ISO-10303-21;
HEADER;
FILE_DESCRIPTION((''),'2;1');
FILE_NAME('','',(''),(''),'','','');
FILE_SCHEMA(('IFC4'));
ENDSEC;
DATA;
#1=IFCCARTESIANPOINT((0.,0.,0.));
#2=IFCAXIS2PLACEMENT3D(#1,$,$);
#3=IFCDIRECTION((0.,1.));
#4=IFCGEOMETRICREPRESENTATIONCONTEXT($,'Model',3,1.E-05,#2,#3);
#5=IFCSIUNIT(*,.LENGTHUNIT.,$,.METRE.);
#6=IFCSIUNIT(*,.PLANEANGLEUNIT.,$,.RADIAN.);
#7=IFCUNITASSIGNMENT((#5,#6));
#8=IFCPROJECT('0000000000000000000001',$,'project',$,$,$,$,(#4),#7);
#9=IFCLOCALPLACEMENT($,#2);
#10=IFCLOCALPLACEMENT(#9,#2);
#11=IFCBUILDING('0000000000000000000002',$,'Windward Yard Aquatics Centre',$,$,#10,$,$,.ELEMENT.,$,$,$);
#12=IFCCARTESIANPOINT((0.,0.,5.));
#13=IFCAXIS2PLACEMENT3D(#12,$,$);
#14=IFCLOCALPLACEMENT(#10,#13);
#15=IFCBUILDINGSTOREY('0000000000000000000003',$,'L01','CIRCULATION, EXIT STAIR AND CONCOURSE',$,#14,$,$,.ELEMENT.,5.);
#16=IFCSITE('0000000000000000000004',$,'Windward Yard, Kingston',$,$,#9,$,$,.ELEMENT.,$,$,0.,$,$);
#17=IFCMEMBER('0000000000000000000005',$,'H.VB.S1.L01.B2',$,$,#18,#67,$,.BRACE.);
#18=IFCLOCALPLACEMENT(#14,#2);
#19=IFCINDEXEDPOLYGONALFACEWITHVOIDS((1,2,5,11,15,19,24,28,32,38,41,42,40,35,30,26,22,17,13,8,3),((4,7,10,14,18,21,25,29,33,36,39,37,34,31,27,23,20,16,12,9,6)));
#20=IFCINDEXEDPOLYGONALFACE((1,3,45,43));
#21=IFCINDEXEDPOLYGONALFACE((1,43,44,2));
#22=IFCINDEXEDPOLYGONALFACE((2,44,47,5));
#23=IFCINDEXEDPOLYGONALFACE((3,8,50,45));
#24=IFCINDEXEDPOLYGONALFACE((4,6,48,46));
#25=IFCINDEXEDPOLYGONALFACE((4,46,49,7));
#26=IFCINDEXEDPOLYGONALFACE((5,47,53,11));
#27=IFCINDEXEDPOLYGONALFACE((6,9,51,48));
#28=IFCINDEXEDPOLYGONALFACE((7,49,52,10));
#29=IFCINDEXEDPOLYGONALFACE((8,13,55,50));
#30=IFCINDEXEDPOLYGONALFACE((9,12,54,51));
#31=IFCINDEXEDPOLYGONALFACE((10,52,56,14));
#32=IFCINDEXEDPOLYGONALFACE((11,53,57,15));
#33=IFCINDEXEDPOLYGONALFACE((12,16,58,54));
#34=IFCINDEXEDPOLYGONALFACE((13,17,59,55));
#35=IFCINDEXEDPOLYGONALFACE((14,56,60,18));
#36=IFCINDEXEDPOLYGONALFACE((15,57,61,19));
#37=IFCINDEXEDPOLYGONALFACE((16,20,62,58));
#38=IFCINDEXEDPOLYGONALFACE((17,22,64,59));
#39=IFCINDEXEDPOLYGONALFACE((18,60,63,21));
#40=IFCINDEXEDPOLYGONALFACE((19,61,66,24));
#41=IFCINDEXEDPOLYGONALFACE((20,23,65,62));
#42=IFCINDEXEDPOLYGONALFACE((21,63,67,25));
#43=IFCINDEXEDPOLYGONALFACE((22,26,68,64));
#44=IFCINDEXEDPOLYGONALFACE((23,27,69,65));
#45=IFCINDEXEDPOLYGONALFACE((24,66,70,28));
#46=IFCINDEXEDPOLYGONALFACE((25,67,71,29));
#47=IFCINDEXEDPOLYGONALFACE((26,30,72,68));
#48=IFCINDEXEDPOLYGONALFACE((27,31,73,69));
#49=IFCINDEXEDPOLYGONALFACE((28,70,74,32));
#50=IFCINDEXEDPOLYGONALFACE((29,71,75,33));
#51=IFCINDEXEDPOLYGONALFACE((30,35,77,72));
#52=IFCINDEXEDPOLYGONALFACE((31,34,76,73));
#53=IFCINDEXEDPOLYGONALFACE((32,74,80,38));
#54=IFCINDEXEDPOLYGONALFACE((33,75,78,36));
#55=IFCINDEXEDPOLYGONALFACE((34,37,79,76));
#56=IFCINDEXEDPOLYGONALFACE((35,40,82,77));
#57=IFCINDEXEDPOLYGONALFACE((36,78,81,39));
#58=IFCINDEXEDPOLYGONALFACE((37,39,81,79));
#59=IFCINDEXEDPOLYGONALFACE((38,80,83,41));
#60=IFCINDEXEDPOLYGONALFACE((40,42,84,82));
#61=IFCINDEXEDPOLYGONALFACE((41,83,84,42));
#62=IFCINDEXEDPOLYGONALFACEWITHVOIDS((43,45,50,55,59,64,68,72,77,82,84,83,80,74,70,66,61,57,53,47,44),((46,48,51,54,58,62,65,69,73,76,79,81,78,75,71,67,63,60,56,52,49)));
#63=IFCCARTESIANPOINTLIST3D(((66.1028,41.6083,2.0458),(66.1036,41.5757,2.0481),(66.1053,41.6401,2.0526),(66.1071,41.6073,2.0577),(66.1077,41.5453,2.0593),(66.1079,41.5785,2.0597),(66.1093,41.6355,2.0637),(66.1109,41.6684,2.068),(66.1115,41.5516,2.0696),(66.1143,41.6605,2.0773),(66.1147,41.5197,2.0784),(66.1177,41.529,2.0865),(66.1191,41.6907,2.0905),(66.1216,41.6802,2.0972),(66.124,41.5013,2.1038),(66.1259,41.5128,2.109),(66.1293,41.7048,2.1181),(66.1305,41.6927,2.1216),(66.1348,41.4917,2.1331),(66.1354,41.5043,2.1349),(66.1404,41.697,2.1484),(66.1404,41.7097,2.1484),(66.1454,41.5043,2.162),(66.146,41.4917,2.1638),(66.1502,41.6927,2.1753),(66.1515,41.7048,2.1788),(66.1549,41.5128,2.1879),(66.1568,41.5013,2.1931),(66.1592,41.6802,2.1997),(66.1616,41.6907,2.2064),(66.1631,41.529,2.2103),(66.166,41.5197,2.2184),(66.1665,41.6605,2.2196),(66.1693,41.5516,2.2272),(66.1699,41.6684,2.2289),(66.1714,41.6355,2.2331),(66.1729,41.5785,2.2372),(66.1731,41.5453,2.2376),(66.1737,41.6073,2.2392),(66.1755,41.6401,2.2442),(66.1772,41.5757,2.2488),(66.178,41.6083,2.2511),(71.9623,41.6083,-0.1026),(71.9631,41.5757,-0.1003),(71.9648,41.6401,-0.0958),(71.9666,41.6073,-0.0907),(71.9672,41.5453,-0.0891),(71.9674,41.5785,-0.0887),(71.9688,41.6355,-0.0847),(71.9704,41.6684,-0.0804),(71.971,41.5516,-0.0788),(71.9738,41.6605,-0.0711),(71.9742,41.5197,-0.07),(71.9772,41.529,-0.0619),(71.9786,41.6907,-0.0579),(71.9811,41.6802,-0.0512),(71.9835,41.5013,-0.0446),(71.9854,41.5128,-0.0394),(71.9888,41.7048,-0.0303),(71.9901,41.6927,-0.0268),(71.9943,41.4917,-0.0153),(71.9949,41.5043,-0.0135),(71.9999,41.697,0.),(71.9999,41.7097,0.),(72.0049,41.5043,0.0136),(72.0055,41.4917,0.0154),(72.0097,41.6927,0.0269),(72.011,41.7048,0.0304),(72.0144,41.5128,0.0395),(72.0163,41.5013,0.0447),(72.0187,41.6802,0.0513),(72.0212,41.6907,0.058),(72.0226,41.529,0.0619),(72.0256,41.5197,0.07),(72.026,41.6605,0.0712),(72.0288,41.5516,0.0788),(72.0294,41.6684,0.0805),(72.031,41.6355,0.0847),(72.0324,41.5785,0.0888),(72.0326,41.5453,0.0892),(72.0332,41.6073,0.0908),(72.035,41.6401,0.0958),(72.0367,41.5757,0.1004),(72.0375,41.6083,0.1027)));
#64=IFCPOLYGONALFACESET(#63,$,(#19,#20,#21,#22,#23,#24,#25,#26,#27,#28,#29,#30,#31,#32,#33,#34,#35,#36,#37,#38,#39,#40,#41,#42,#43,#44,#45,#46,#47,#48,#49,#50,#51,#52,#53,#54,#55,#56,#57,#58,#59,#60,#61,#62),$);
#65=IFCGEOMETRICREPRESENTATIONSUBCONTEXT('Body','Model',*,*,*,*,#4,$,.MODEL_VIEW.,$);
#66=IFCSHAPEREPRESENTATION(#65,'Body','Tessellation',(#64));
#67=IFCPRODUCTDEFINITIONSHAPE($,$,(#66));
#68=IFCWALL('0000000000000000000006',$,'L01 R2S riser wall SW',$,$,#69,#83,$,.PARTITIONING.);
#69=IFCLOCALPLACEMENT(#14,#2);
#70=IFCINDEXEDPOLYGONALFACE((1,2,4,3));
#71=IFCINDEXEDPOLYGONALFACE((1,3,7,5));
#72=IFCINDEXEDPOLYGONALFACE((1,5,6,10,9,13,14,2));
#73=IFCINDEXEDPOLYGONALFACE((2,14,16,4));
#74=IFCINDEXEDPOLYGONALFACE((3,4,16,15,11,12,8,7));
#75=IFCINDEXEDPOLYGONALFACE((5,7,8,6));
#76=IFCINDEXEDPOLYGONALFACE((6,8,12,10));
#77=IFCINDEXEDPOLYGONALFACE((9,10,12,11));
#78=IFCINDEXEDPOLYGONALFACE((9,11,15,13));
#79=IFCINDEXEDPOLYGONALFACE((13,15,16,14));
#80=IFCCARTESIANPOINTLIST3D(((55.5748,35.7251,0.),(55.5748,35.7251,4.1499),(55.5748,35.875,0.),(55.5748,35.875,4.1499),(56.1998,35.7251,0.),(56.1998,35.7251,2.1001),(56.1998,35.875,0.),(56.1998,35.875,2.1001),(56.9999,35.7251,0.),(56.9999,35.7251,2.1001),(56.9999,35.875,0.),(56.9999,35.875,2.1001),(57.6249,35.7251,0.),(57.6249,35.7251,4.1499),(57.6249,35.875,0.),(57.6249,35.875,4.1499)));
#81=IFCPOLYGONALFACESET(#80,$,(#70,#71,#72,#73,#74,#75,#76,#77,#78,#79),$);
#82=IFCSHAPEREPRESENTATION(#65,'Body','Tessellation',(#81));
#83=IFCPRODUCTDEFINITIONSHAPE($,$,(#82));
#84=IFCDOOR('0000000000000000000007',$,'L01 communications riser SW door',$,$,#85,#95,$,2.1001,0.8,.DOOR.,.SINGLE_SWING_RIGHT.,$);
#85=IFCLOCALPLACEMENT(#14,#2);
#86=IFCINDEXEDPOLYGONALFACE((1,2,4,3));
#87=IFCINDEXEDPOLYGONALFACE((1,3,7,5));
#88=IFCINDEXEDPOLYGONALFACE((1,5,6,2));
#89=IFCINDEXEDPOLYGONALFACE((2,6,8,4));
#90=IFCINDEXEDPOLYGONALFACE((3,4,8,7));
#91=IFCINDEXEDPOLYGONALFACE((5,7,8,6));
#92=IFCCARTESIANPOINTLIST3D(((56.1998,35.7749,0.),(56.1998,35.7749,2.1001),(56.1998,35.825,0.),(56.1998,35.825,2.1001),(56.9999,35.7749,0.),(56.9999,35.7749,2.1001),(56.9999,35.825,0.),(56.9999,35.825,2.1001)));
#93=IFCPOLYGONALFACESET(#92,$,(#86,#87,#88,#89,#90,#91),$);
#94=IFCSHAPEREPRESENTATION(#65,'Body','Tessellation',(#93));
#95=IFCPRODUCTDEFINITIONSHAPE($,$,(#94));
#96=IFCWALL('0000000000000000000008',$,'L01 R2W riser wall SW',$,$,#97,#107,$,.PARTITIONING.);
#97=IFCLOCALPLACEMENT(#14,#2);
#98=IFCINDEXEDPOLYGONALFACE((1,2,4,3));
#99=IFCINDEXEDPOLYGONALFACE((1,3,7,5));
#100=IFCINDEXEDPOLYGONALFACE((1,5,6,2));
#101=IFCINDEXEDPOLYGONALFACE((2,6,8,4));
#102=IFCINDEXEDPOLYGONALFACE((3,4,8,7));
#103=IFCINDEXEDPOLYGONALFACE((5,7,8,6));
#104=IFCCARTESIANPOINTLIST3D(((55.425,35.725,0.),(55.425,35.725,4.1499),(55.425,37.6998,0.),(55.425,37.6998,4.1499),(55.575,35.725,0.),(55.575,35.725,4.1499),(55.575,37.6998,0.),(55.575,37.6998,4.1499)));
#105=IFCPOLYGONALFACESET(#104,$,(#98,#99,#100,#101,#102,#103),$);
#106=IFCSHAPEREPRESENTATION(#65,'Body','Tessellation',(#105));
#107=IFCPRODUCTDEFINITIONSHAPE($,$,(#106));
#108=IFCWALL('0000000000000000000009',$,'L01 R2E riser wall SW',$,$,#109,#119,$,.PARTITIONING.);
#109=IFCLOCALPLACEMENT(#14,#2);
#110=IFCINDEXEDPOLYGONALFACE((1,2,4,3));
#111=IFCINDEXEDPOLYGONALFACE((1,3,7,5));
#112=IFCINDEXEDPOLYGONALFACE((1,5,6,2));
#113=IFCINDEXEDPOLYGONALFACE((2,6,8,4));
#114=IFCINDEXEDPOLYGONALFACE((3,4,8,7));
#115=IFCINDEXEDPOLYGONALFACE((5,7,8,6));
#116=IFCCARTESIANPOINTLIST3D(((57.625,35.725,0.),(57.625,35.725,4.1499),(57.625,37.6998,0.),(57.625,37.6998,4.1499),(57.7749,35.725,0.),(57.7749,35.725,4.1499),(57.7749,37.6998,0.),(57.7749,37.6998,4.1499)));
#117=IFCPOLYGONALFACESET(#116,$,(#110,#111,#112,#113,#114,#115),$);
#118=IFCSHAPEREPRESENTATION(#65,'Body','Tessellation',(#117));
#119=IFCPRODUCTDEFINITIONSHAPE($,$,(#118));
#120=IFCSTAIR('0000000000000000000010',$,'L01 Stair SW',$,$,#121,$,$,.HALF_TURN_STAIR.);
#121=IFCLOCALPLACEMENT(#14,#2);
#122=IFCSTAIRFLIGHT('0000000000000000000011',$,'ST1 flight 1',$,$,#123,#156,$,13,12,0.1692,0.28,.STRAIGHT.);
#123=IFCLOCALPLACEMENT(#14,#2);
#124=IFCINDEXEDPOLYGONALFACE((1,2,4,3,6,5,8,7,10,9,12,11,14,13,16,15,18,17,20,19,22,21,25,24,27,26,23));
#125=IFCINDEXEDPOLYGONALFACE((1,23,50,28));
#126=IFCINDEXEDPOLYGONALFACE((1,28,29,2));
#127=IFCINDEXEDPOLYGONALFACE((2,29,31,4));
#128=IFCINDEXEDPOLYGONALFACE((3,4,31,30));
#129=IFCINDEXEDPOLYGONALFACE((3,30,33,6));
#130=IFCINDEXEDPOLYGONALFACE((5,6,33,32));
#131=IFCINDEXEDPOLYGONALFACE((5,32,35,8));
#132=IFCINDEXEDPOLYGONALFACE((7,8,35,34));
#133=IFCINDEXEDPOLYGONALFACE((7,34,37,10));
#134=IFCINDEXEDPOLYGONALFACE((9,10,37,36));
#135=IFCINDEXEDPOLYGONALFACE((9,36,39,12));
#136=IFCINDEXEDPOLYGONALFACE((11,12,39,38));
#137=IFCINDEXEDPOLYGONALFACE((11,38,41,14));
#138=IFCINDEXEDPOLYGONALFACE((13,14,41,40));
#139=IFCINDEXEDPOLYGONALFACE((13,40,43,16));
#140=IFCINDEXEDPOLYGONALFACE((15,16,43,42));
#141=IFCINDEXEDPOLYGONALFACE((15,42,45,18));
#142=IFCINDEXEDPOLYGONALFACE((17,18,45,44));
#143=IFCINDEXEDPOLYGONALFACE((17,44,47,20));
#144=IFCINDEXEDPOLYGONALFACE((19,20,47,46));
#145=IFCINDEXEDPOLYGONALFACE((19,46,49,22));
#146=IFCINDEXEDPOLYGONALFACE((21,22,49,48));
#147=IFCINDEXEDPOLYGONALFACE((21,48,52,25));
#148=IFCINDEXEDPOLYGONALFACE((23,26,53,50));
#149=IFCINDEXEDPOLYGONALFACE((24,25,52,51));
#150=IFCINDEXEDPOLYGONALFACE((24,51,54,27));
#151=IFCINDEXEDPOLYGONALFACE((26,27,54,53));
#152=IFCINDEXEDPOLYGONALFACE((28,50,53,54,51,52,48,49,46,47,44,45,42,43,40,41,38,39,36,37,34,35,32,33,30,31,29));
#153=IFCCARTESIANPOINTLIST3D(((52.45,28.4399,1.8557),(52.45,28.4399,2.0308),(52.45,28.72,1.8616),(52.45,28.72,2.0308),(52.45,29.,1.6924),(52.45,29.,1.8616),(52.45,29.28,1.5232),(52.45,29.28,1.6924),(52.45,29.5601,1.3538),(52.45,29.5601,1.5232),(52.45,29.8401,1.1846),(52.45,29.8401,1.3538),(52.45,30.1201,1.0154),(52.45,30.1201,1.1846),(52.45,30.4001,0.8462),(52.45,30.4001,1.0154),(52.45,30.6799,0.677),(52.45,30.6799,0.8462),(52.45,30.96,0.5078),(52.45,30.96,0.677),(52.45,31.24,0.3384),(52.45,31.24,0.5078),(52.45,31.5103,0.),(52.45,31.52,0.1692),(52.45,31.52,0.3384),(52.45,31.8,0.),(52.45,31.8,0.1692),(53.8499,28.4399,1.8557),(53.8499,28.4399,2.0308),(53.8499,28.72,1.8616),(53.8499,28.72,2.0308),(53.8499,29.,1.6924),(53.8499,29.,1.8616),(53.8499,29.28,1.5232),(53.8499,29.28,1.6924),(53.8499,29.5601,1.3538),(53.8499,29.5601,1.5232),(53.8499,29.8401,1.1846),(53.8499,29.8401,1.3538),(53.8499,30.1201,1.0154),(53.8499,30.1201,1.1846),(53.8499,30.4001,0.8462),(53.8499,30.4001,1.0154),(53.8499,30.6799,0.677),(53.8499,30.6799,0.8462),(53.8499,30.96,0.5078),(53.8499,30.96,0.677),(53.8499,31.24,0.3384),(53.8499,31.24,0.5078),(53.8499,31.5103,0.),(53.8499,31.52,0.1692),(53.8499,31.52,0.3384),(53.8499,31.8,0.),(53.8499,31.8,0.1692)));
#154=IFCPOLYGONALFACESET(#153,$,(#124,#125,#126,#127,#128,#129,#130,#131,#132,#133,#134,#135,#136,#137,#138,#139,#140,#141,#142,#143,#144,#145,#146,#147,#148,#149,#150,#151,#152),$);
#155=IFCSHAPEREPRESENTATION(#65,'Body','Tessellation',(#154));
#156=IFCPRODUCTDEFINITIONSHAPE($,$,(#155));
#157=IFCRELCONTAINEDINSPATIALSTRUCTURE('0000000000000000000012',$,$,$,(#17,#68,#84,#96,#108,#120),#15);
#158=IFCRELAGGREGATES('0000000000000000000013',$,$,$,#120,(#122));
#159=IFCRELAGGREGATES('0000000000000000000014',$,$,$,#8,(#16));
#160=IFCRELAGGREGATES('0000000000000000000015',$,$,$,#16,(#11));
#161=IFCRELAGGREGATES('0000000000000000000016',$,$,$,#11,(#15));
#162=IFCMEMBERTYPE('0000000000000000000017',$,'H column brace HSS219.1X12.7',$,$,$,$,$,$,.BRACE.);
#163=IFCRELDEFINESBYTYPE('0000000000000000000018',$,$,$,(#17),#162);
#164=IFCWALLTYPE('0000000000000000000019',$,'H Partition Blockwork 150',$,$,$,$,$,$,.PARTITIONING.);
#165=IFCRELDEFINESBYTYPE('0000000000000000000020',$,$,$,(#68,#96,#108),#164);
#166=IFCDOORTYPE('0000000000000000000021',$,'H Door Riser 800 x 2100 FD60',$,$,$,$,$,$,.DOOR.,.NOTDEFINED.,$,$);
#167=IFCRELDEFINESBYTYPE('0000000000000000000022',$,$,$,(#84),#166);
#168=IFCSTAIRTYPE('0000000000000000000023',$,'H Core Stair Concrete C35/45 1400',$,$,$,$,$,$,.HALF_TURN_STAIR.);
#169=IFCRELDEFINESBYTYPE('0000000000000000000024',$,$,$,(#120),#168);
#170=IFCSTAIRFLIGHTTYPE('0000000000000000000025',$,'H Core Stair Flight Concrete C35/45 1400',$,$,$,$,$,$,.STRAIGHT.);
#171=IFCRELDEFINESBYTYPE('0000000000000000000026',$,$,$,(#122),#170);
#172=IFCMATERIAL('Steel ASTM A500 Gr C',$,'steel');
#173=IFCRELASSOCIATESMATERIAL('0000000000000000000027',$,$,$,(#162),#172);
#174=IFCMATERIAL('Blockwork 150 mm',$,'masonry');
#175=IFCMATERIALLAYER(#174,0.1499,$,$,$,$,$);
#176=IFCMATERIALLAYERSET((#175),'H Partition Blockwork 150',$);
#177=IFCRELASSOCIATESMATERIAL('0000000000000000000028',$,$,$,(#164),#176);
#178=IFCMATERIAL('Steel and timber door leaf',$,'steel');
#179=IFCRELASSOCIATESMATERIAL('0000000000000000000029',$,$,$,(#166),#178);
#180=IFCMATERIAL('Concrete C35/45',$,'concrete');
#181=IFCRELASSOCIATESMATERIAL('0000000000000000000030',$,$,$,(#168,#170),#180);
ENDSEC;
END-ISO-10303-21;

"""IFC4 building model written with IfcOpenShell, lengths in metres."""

from ifc_helpers import new_model, si_unit, direction, frame, frame_2d, origin, origin_2d, place, context, subcontext, project, spatial, polyline, rectangle, hollow_circle, outline, extrude, material, layer, layer_set, material_profile, profile_set, type_object, element, fill, aggregate, save


model = new_model("IFC4")

# Units and contexts
model_context = context("Model", 3, precision=1e-05, world=origin(), true_north=direction((0.0, 1.0)))
body_context = subcontext(model_context, "Body", "Model", "MODEL_VIEW")
ifc_project = project(units=[si_unit("LENGTHUNIT", "METRE"), si_unit("PLANEANGLEUNIT", "RADIAN")], contexts=[model_context])

# Site, building, storey
site_placement = place(None, origin())
site = spatial("IfcSite", under=ifc_project, at=site_placement, Name="Windward Yard, Kingston", CompositionType="ELEMENT", RefElevation=0.0)
building_placement = place(site_placement, origin())
building = spatial("IfcBuilding", under=site, at=building_placement, Name="Windward Yard Aquatics Centre", CompositionType="ELEMENT")
storey_placement = place(building_placement, frame((0.0, 0.0, 5.0)))
storey = spatial("IfcBuildingStorey", under=building, at=storey_placement, Name="L01", Description="CIRCULATION, EXIT STAIR AND CONCOURSE", CompositionType="ELEMENT", Elevation=5.0)

# Shared definitions
ifc_material_1 = material(Name="Steel ASTM A500 Gr C", Category="steel")

# Member
ifc_material_profile_1 = material_profile(ifc_material_1, hollow_circle(Radius=0.1096, WallThickness=0.0127, at=origin_2d()), Name="HSS219.1X12.7")
ifc_profile_set_1 = profile_set([ifc_material_profile_1], Name="Steel ASTM A500 Gr C")
member_type = type_object("IfcMemberType", Name="H column brace HSS219.1X12.7", PredefinedType="BRACE", material=ifc_profile_set_1)
for number, where, z_axis, x_axis, name in (
    (1, (66.1404, 41.6001, 2.1484), (0.938881, 0.0, -0.344242), (0.0, 1.0, 0.0), "H.VB.S1.L01.B2"),
):
    element("IfcMember", number, at=place(storey_placement, frame(where, z_axis=z_axis, x_axis=x_axis)), inside=storey, type_object=member_type, Name=name, PredefinedType="BRACE", context=body_context, shape_type="SweptSolid", body=[
        extrude(hollow_circle(Radius=0.1096, WallThickness=0.0127, at=origin_2d()), origin(), (0.0, 0.0, 1.0), 6.241),
    ])

# Wall, opening, door
ifc_material_2 = material(Name="Blockwork 150 mm", Category="masonry")
ifc_layer_1 = layer(ifc_material_2, 0.1499)
ifc_layer_set_1 = layer_set([ifc_layer_1], Name="H Partition Blockwork 150")
wall_type = type_object("IfcWallType", Name="H Partition Blockwork 150", PredefinedType="PARTITIONING", material=ifc_layer_set_1)
wall_placement = place(storey_placement, frame((55.575, 35.8, 0.0), z_axis=(0.0, 0.0, 1.0), x_axis=(1.0, 0.0, 0.0)))
wall = element("IfcWall", 2, at=wall_placement, inside=storey, type_object=wall_type, Name="L01 R2S riser wall SW", PredefinedType="PARTITIONING", context=body_context, shape_type="SweptSolid", body=[
    extrude(rectangle(XDim=2.05, YDim=0.1499, at=frame_2d((1.0249, 0.0))), origin(), (0.0, 0.0, 1.0), 4.1499),
])
opening_placement = place(wall_placement, frame((0.625, 0.0, 0.0)))
opening = element("IfcOpeningElement", 3, at=opening_placement, cuts=wall, PredefinedType="OPENING", context=body_context, shape_type="SweptSolid", body=[
    extrude(rectangle(XDim=0.8, YDim=2.1001, at=frame_2d((0.3999, 1.05))), frame((0.0, 0.085, 0.0), z_axis=(0.0, -1.0, 0.0), x_axis=(1.0, 0.0, 0.0)), (0.0, 0.0, 1.0), 0.1699),
])
ifc_material_3 = material(Name="Steel and timber door leaf", Category="steel")
door_type = type_object("IfcDoorType", Name="H Door Riser 800 x 2100 FD60", OperationType="NOTDEFINED", PredefinedType="DOOR", material=ifc_material_3)
door_placement = place(opening_placement, origin())
door = element("IfcDoor", 4, at=door_placement, inside=storey, type_object=door_type, Name="L01 communications riser SW door", OperationType="SINGLE_SWING_RIGHT", OverallHeight=2.1001, OverallWidth=0.8, PredefinedType="DOOR", context=body_context, shape_type="SweptSolid", body=[
    extrude(rectangle(XDim=0.8, YDim=2.1001, at=frame_2d((0.3999, 1.05))), frame((0.0, 0.0249, 0.0), z_axis=(0.0, -1.0, 0.0), x_axis=(1.0, 0.0, 0.0)), (0.0, 0.0, 1.0), 0.05),
])
fill(opening, door)

# Walls
for number, where, z_axis, x_axis, name in (
    (5, (55.5, 35.7251, 0.0), (0.0, 0.0, 1.0), (0.0, 1.0, 0.0), "L01 R2W riser wall SW"),
    (6, (57.7, 35.7251, 0.0), (0.0, 0.0, 1.0), (0.0, 1.0, 0.0), "L01 R2E riser wall SW"),
):
    element("IfcWall", number, at=place(storey_placement, frame(where, z_axis=z_axis, x_axis=x_axis)), inside=storey, type_object=wall_type, Name=name, PredefinedType="PARTITIONING", context=body_context, shape_type="SweptSolid", body=[
        extrude(rectangle(XDim=1.9749, YDim=0.1499, at=frame_2d((0.9873, 0.0))), origin(), (0.0, 0.0, 1.0), 4.1499),
    ])

# Stair, stair flight
ifc_material_4 = material(Name="Concrete C35/45", Category="concrete")
stair_type = type_object("IfcStairType", Name="H Core Stair Concrete C35/45 1400", PredefinedType="HALF_TURN_STAIR", material=ifc_material_4)
stair_placement = place(storey_placement, origin())
stair = element("IfcStair", 7, at=stair_placement, inside=storey, type_object=stair_type, Name="L01 Stair SW", PredefinedType="HALF_TURN_STAIR")
stair_flight_type = type_object("IfcStairFlightType", Name="H Core Stair Flight Concrete C35/45 1400", PredefinedType="STRAIGHT", material=ifc_material_4)
stair_flight_placement = place(storey_placement, frame((53.1499, 31.8, 0.0), z_axis=(0.0, 0.0, 1.0), x_axis=(0.0, -1.0, 0.0)))
stair_flight = element("IfcStairFlight", 8, at=stair_flight_placement, type_object=stair_flight_type, Name="ST1 flight 1", NumberOfRisers=13, NumberOfTreads=12, PredefinedType="STRAIGHT", RiserHeight=0.1692, TreadLength=0.28, context=body_context, shape_type="SweptSolid", body=[
    extrude(outline(polyline([(0.0, 0.0), (0.0, 0.1692), (0.28, 0.1692), (0.28, 0.3384), (0.5601, 0.3384), (0.5601, 0.5078), (0.8401, 0.5078), (0.8401, 0.677), (1.1201, 0.677), (1.1201, 0.8462), (1.3999, 0.8462), (1.3999, 1.0154), (1.6799, 1.0154), (1.6799, 1.1846), (1.96, 1.1846), (1.96, 1.3538), (2.24, 1.3538), (2.24, 1.5232), (2.52, 1.5232), (2.52, 1.6924), (2.8, 1.6924), (2.8, 1.8616), (3.0801, 1.8616), (3.0801, 2.0308), (3.3601, 2.0308), (3.3601, 2.2), (3.3601, 1.8557), (0.2898, 0.0), (0.0, 0.0)])), frame((0.0, 0.7, 0.0), z_axis=(0.0, -1.0, 0.0), x_axis=(1.0, 0.0, 0.0)), (0.0, 0.0, 1.0), 1.3999),
])
aggregate(stair, [stair_flight])

save(model, "model.ifc")
